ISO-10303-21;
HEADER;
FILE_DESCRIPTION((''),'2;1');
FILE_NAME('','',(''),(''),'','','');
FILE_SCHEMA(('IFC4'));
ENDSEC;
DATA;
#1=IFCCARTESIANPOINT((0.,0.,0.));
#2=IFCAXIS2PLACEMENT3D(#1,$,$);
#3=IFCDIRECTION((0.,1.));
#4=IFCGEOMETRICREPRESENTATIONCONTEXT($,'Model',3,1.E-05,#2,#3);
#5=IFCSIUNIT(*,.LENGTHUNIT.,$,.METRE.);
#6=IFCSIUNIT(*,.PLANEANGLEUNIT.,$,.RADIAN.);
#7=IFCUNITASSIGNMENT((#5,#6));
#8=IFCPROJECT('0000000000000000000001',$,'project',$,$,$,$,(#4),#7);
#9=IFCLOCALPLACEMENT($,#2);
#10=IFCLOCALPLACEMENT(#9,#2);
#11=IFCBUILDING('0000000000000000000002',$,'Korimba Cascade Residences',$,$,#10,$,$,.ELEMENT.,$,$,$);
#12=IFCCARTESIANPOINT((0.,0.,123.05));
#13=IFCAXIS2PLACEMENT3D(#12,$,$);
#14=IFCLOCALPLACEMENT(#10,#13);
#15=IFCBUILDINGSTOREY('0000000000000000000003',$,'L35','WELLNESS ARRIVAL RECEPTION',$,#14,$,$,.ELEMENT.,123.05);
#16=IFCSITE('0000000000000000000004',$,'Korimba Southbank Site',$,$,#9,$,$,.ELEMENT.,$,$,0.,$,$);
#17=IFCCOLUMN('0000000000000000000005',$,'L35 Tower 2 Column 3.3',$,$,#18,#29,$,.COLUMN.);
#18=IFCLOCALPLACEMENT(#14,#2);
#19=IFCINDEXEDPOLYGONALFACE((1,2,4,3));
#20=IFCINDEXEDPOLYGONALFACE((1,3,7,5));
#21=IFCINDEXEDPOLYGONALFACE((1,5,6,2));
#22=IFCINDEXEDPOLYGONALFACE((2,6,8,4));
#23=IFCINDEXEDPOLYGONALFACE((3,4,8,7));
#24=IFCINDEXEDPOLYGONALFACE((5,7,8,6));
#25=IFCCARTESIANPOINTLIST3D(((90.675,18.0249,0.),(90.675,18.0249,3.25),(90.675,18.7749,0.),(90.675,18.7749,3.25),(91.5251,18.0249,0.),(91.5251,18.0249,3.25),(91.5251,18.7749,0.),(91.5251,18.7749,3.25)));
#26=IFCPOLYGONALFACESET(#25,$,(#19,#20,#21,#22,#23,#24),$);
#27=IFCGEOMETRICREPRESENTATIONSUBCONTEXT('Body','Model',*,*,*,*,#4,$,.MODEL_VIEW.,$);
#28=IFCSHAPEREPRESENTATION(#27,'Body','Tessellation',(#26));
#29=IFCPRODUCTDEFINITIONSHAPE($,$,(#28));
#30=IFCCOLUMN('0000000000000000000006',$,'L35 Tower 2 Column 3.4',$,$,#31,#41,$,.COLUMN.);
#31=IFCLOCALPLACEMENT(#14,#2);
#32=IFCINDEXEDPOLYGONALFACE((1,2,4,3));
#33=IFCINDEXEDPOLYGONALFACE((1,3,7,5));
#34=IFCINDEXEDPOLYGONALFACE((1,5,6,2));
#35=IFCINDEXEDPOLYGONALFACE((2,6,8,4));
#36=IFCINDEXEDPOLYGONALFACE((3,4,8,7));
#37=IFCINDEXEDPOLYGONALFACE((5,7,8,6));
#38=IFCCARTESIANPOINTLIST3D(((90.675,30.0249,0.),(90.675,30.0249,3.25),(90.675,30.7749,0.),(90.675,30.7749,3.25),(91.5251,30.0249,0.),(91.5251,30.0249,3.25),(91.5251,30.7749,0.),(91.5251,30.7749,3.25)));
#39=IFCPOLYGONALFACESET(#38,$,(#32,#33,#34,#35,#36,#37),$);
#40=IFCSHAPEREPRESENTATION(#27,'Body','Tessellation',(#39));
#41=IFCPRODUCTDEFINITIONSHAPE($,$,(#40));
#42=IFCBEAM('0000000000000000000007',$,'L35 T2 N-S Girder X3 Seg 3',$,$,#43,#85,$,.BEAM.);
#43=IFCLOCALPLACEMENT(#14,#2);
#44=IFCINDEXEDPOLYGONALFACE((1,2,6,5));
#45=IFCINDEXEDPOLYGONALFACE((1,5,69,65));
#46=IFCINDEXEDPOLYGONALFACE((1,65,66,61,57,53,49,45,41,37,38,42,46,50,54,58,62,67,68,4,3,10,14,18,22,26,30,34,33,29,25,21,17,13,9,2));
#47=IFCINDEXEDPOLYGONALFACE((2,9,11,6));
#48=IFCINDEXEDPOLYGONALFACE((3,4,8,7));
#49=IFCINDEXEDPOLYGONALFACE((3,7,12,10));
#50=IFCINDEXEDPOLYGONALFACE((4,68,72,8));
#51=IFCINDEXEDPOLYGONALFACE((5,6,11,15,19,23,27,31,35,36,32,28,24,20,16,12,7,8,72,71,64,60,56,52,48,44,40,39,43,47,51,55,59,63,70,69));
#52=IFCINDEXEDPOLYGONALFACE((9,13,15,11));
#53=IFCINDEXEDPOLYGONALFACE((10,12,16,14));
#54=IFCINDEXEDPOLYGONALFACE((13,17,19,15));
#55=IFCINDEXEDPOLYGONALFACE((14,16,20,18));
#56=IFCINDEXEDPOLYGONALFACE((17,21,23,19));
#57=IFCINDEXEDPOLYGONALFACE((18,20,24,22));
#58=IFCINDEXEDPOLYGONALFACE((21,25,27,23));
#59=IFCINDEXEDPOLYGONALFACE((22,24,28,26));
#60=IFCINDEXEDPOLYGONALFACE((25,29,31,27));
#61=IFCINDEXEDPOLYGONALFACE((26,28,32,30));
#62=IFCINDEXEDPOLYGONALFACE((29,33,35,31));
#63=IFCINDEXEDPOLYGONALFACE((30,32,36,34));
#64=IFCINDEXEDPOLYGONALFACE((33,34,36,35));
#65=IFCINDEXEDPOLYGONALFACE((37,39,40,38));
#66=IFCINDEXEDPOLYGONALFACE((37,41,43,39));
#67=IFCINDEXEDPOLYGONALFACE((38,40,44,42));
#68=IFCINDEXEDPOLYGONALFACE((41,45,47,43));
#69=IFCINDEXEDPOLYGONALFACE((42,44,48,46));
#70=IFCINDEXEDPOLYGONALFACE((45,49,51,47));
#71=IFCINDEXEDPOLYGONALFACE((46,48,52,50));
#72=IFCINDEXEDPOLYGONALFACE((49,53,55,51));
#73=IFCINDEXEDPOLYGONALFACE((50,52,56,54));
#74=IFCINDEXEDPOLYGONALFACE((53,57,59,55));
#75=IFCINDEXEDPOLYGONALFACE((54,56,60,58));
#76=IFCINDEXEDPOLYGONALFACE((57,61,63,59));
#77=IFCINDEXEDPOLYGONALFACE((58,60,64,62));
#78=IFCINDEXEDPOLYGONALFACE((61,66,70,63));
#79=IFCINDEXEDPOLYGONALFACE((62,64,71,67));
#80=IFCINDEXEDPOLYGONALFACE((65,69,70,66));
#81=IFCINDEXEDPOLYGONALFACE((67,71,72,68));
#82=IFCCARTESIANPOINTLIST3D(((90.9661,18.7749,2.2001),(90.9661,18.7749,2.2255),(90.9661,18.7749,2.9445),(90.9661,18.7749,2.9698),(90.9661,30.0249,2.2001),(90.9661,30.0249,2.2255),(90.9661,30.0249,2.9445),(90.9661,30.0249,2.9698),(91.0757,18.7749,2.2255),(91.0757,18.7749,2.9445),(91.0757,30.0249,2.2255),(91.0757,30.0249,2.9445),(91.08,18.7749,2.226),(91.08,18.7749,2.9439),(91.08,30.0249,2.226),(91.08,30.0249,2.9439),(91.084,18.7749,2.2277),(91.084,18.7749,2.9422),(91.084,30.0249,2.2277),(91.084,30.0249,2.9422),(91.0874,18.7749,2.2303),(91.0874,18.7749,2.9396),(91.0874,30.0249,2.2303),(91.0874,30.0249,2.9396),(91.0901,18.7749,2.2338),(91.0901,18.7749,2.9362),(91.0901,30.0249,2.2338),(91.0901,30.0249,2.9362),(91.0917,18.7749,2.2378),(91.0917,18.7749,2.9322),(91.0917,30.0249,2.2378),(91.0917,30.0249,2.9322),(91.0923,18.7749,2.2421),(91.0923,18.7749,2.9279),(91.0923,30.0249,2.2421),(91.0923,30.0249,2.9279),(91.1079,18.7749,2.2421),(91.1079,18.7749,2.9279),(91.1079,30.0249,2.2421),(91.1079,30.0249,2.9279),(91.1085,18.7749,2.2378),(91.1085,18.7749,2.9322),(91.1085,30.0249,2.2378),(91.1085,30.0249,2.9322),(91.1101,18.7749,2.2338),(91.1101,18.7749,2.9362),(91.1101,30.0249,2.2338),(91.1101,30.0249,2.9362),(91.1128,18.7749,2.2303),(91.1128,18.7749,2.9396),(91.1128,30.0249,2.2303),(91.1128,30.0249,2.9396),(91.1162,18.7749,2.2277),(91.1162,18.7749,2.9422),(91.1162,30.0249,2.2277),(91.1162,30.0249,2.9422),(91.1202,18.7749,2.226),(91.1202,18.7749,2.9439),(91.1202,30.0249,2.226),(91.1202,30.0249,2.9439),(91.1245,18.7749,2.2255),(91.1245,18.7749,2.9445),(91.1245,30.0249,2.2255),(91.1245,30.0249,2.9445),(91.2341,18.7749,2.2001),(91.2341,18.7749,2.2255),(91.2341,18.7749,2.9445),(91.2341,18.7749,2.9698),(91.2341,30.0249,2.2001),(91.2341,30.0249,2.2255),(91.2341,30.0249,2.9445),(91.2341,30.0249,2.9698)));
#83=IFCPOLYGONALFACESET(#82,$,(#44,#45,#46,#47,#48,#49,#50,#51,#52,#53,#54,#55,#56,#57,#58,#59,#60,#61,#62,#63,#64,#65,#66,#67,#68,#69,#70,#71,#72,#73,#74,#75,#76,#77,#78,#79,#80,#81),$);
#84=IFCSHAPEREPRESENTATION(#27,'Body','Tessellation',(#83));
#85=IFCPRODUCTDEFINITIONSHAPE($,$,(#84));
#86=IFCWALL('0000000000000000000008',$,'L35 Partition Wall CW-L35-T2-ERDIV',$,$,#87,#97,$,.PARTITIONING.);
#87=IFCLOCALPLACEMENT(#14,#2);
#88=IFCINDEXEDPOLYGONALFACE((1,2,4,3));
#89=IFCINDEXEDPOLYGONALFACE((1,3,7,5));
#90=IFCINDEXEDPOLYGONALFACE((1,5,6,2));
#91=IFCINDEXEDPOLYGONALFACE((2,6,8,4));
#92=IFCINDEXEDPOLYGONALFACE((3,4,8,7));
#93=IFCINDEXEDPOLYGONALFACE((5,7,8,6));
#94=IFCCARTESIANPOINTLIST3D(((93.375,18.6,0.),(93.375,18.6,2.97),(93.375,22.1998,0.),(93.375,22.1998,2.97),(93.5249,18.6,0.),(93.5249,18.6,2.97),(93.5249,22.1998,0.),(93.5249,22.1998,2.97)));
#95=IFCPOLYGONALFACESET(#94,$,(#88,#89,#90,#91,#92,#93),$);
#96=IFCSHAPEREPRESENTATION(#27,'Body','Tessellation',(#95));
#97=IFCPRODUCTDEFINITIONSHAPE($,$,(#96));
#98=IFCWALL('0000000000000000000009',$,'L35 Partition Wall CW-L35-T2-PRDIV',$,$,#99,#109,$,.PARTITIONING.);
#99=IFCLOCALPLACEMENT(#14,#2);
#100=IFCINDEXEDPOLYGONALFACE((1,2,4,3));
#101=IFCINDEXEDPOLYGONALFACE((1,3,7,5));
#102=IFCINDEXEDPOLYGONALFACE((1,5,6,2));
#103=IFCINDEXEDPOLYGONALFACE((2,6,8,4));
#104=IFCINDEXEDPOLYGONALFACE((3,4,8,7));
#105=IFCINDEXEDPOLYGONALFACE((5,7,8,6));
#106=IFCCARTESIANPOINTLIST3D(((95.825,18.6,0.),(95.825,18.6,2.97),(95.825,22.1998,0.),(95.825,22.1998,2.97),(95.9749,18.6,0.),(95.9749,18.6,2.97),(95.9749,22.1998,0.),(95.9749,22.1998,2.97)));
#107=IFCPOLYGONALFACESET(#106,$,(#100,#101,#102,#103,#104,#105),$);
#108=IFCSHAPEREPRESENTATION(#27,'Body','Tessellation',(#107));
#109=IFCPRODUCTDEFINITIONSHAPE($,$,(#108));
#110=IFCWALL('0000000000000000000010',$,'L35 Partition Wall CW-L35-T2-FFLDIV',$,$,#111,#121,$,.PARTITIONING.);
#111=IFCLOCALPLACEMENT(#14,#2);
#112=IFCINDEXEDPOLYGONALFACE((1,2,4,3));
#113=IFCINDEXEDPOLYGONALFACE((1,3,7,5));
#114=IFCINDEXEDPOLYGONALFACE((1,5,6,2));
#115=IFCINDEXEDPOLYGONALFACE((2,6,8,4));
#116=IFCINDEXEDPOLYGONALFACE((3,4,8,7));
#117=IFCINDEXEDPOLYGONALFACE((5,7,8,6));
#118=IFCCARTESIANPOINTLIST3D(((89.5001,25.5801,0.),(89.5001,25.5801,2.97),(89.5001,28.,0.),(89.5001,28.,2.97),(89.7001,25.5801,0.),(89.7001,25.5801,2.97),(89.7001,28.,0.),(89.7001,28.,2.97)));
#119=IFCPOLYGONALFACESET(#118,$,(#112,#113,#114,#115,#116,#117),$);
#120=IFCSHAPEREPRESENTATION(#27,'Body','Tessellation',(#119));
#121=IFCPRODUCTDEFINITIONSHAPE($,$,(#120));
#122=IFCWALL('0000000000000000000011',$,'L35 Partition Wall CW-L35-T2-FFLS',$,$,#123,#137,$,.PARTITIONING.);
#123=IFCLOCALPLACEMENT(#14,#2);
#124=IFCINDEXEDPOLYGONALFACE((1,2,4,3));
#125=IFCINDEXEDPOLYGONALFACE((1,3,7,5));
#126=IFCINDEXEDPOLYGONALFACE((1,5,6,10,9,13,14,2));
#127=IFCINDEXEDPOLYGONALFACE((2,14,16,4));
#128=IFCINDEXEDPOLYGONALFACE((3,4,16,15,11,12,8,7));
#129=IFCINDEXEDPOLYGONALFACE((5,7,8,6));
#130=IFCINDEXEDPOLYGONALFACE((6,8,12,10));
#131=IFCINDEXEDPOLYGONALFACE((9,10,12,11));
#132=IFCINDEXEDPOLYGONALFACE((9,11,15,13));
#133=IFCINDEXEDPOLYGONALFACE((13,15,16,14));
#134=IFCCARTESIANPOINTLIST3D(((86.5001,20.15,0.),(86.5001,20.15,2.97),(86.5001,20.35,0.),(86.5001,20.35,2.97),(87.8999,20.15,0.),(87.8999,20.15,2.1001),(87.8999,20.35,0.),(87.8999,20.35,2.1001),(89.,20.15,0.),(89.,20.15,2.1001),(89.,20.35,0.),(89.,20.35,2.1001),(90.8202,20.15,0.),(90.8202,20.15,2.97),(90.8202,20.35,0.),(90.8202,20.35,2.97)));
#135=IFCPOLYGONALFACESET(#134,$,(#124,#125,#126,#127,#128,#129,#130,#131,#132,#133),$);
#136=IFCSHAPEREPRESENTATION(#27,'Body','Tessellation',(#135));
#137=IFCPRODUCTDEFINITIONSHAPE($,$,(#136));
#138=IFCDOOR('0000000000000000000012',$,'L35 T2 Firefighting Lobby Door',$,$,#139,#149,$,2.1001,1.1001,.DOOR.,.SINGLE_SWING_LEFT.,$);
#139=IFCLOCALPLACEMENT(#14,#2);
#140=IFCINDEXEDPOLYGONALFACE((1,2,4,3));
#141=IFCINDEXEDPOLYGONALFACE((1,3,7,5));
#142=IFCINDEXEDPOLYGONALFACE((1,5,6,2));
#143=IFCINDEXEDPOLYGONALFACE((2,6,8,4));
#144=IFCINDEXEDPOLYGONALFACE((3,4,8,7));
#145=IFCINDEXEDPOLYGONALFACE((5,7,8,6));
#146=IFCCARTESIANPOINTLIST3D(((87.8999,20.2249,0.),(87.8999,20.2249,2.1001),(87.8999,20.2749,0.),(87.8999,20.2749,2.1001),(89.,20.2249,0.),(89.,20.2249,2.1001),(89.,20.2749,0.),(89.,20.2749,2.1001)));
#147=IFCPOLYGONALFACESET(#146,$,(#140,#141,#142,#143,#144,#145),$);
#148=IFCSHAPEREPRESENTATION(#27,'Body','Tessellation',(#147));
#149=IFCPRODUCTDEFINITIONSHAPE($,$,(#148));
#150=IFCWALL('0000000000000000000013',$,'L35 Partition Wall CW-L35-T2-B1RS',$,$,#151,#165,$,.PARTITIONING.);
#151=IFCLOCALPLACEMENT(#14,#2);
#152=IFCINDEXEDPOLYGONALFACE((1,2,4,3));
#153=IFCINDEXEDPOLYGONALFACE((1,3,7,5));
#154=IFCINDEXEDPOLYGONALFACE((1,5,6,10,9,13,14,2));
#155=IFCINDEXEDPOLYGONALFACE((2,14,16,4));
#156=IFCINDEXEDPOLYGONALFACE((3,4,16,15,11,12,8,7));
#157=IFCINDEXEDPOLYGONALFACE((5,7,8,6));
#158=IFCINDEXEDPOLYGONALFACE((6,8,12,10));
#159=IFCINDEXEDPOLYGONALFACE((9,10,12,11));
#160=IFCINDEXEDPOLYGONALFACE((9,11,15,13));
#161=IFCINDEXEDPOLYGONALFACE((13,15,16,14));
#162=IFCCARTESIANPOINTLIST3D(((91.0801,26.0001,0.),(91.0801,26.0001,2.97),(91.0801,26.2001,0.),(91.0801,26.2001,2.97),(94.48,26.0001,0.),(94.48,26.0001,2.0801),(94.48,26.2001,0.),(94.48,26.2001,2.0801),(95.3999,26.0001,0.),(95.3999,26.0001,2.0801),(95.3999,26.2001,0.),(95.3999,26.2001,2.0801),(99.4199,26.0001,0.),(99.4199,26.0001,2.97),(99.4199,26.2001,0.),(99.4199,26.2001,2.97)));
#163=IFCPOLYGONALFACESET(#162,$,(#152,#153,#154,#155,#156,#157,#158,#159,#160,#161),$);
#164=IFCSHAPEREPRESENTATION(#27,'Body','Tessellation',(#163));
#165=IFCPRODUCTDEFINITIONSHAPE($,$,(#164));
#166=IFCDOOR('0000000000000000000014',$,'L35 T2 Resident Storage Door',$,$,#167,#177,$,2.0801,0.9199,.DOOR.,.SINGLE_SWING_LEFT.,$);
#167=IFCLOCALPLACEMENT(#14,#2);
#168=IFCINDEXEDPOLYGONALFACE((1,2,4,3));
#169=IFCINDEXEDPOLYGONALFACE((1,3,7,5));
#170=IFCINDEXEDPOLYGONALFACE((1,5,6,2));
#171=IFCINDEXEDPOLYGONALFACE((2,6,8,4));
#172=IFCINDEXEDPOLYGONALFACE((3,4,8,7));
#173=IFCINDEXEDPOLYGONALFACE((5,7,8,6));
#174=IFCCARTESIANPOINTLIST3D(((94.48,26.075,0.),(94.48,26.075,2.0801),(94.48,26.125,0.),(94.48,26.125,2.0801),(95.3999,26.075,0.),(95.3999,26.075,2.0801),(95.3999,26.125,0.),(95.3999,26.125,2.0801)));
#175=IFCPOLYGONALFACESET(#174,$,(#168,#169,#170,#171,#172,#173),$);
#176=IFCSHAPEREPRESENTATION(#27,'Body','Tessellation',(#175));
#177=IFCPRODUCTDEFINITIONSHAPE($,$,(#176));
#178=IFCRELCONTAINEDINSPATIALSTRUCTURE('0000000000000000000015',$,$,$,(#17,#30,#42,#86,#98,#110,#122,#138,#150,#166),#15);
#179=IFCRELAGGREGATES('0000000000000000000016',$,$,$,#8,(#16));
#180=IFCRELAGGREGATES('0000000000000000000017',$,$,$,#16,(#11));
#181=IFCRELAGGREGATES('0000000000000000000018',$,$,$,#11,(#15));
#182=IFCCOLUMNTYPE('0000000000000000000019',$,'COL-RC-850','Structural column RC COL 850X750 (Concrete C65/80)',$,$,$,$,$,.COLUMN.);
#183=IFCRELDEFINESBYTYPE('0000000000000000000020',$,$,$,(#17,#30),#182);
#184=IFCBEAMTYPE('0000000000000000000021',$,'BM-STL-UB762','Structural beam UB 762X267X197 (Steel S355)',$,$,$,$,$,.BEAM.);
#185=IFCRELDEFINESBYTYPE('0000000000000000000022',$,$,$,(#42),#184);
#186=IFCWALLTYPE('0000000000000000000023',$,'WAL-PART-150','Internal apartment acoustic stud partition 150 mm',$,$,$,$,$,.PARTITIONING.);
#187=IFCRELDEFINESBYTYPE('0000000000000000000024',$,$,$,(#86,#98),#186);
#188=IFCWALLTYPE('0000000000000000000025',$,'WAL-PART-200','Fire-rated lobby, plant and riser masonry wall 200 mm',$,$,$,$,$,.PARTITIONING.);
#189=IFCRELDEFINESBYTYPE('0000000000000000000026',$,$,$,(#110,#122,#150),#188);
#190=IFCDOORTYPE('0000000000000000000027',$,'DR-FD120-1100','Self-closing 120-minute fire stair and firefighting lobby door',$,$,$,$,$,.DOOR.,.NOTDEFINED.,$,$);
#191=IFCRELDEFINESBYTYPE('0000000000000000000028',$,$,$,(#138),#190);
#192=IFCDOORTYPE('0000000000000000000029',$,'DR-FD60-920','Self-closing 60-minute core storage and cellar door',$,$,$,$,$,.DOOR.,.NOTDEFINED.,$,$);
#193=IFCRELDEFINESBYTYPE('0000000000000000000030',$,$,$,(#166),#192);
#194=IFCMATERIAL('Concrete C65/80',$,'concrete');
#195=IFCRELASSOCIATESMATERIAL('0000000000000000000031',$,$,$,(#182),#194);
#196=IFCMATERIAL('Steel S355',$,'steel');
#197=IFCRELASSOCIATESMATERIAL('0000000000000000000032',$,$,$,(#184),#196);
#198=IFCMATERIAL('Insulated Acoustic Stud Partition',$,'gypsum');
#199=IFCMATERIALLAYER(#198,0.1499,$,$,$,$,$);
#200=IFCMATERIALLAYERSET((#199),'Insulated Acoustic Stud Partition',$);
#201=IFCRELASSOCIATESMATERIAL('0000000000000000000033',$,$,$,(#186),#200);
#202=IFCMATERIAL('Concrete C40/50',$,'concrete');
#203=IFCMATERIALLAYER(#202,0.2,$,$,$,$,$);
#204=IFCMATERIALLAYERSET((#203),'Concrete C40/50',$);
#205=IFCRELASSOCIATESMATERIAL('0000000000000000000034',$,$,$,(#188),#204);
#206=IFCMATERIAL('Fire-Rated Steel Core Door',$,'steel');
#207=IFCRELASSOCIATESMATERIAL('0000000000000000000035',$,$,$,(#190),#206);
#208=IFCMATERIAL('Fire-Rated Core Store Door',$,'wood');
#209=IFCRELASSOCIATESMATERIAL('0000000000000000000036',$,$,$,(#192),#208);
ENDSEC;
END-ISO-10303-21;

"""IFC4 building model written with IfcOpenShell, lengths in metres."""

from ifc_helpers import new_model, si_unit, direction, frame, frame_2d, origin, origin_2d, place, context, subcontext, project, spatial, rectangle, i_section, extrude, material, layer, layer_set, material_profile, profile_set, type_object, element, fill, save


model = new_model("IFC4")

# Units and contexts
model_context = context("Model", 3, precision=1e-05, world=origin(), true_north=direction((0.0, 1.0)))
body_context = subcontext(model_context, "Body", "Model", "MODEL_VIEW")
ifc_project = project(units=[si_unit("LENGTHUNIT", "METRE"), si_unit("PLANEANGLEUNIT", "RADIAN")], contexts=[model_context])

# Site, building, storey
site_placement = place(None, origin())
site = spatial("IfcSite", under=ifc_project, at=site_placement, Name="Korimba Southbank Site", CompositionType="ELEMENT", RefElevation=0.0)
building_placement = place(site_placement, origin())
building = spatial("IfcBuilding", under=site, at=building_placement, Name="Korimba Cascade Residences", CompositionType="ELEMENT")
storey_placement = place(building_placement, frame((0.0, 0.0, 123.05)))
storey = spatial("IfcBuildingStorey", under=building, at=storey_placement, Name="L35", Description="WELLNESS ARRIVAL RECEPTION", CompositionType="ELEMENT", Elevation=123.05)

# Columns
ifc_material_1 = material(Name="Concrete C65/80", Category="concrete")
ifc_material_profile_1 = material_profile(ifc_material_1, rectangle(XDim=0.8501, YDim=0.75, at=origin_2d()), Name="Concrete C65/80")
ifc_profile_set_1 = profile_set([ifc_material_profile_1], Name="Concrete C65/80")
column_type = type_object("IfcColumnType", Name="COL-RC-850", Description="Structural column RC COL 850X750 (Concrete C65/80)", PredefinedType="COLUMN", material=ifc_profile_set_1)
for number, where, z_axis, x_axis, name in (
    (1, (91.1001, 18.3999, 0.0), (0.0, 0.0, 1.0), (1.0, 0.0, 0.0), "L35 Tower 2 Column 3.3"),
    (2, (91.1001, 30.3999, 0.0), (0.0, 0.0, 1.0), (1.0, 0.0, 0.0), "L35 Tower 2 Column 3.4"),
):
    element("IfcColumn", number, at=place(storey_placement, frame(where, z_axis=z_axis, x_axis=x_axis)), inside=storey, type_object=column_type, Name=name, PredefinedType="COLUMN", context=body_context, shape_type="SweptSolid", body=[
        extrude(rectangle(XDim=0.8501, YDim=0.75, at=origin_2d()), origin(), (0.0, 0.0, 1.0), 3.25),
    ])

# Beam
ifc_material_2 = material(Name="Steel S355", Category="steel")
ifc_material_profile_2 = material_profile(ifc_material_2, i_section(OverallWidth=0.2681, OverallDepth=0.7698, WebThickness=0.0156, FlangeThickness=0.0254, FilletRadius=0.0166, at=origin_2d()), Name="Steel S355")
ifc_profile_set_2 = profile_set([ifc_material_profile_2], Name="Steel S355")
beam_type = type_object("IfcBeamType", Name="BM-STL-UB762", Description="Structural beam UB 762X267X197 (Steel S355)", PredefinedType="BEAM", material=ifc_profile_set_2)
beam_placement = place(storey_placement, frame((91.1001, 18.7749, 2.585), z_axis=(0.0, 1.0, 0.0), x_axis=(-1.0, 0.0, 0.0)))
element("IfcBeam", 3, at=beam_placement, inside=storey, type_object=beam_type, Name="L35 T2 N-S Girder X3 Seg 3", PredefinedType="BEAM", context=body_context, shape_type="SweptSolid", body=[
    extrude(i_section(OverallWidth=0.2681, OverallDepth=0.7698, WebThickness=0.0156, FlangeThickness=0.0254, FilletRadius=0.0166, at=origin_2d()), origin(), (0.0, 0.0, 1.0), 11.25),
])

# Walls
ifc_material_3 = material(Name="Insulated Acoustic Stud Partition", Category="gypsum")
ifc_layer_1 = layer(ifc_material_3, 0.1499)
ifc_layer_set_1 = layer_set([ifc_layer_1], Name="Insulated Acoustic Stud Partition")
wall_type_1 = type_object("IfcWallType", Name="WAL-PART-150", Description="Internal apartment acoustic stud partition 150 mm", PredefinedType="PARTITIONING", material=ifc_layer_set_1)
for number, where, z_axis, x_axis, name in (
    (4, (93.45, 18.6001, 0.0), (0.0, 0.0, 1.0), (0.0, 1.0, 0.0), "L35 Partition Wall CW-L35-T2-ERDIV"),
    (5, (95.8999, 18.6001, 0.0), (0.0, 0.0, 1.0), (0.0, 1.0, 0.0), "L35 Partition Wall CW-L35-T2-PRDIV"),
):
    element("IfcWall", number, at=place(storey_placement, frame(where, z_axis=z_axis, x_axis=x_axis)), inside=storey, type_object=wall_type_1, Name=name, PredefinedType="PARTITIONING", context=body_context, shape_type="SweptSolid", body=[
        extrude(rectangle(XDim=3.5999, YDim=0.1499, at=frame_2d((1.7998, 0.0))), origin(), (0.0, 0.0, 1.0), 2.97),
    ])
ifc_material_4 = material(Name="Concrete C40/50", Category="concrete")
ifc_layer_2 = layer(ifc_material_4, 0.2)
ifc_layer_set_2 = layer_set([ifc_layer_2], Name="Concrete C40/50")
wall_type_2 = type_object("IfcWallType", Name="WAL-PART-200", Description="Fire-rated lobby, plant and riser masonry wall 200 mm", PredefinedType="PARTITIONING", material=ifc_layer_set_2)
wall_1_placement = place(storey_placement, frame((89.6001, 25.5801, 0.0), z_axis=(0.0, 0.0, 1.0), x_axis=(0.0, 1.0, 0.0)))
element("IfcWall", 6, at=wall_1_placement, inside=storey, type_object=wall_type_2, Name="L35 Partition Wall CW-L35-T2-FFLDIV", PredefinedType="PARTITIONING", context=body_context, shape_type="SweptSolid", body=[
    extrude(rectangle(XDim=2.4199, YDim=0.2, at=frame_2d((1.21, 0.0))), origin(), (0.0, 0.0, 1.0), 2.97),
])

# Walls, openings, doors
wall_2_placement = place(storey_placement, frame((86.5, 20.25, 0.0), z_axis=(0.0, 0.0, 1.0), x_axis=(1.0, 0.0, 0.0)))
wall_2 = element("IfcWall", 7, at=wall_2_placement, inside=storey, type_object=wall_type_2, Name="L35 Partition Wall CW-L35-T2-FFLS", PredefinedType="PARTITIONING", context=body_context, shape_type="SweptSolid", body=[
    extrude(rectangle(XDim=4.3201, YDim=0.2, at=frame_2d((2.1602, 0.0))), origin(), (0.0, 0.0, 1.0), 2.97),
])
opening_1_placement = place(wall_2_placement, frame((1.3999, 0.0, 0.0)))
opening_1 = element("IfcOpeningElement", 8, at=opening_1_placement, cuts=wall_2, PredefinedType="OPENING", context=body_context, shape_type="SweptSolid", body=[
    extrude(rectangle(XDim=1.1001, YDim=2.1001, at=frame_2d((0.55, 1.05))), frame((0.0, 0.1099, 0.0), z_axis=(0.0, -1.0, 0.0), x_axis=(1.0, 0.0, 0.0)), (0.0, 0.0, 1.0), 0.22),
])
ifc_material_5 = material(Name="Fire-Rated Steel Core Door", Category="steel")
door_type_1 = type_object("IfcDoorType", Name="DR-FD120-1100", Description="Self-closing 120-minute fire stair and firefighting lobby door", OperationType="NOTDEFINED", PredefinedType="DOOR", material=ifc_material_5)
door_1_placement = place(opening_1_placement, origin())
door_1 = element("IfcDoor", 9, at=door_1_placement, inside=storey, type_object=door_type_1, Name="L35 T2 Firefighting Lobby Door", OperationType="SINGLE_SWING_LEFT", OverallHeight=2.1001, OverallWidth=1.1001, PredefinedType="DOOR", context=body_context, shape_type="SweptSolid", body=[
    extrude(rectangle(XDim=1.1001, YDim=2.1001, at=frame_2d((0.55, 1.05))), frame((0.0, 0.0249, 0.0), z_axis=(0.0, -1.0, 0.0), x_axis=(1.0, 0.0, 0.0)), (0.0, 0.0, 1.0), 0.05),
])
fill(opening_1, door_1)
wall_3_placement = place(storey_placement, frame((91.0801, 26.1001, 0.0), z_axis=(0.0, 0.0, 1.0), x_axis=(1.0, 0.0, 0.0)))
wall_3 = element("IfcWall", 10, at=wall_3_placement, inside=storey, type_object=wall_type_2, Name="L35 Partition Wall CW-L35-T2-B1RS", PredefinedType="PARTITIONING", context=body_context, shape_type="SweptSolid", body=[
    extrude(rectangle(XDim=8.3398, YDim=0.2, at=frame_2d((4.1699, 0.0))), origin(), (0.0, 0.0, 1.0), 2.97),
])
opening_2_placement = place(wall_3_placement, frame((3.3999, 0.0, 0.0)))
opening_2 = element("IfcOpeningElement", 11, at=opening_2_placement, cuts=wall_3, PredefinedType="OPENING", context=body_context, shape_type="SweptSolid", body=[
    extrude(rectangle(XDim=0.9199, YDim=2.0801, at=frame_2d((0.46, 1.04))), frame((0.0, 0.1099, 0.0), z_axis=(0.0, -1.0, 0.0), x_axis=(1.0, 0.0, 0.0)), (0.0, 0.0, 1.0), 0.22),
])
ifc_material_6 = material(Name="Fire-Rated Core Store Door", Category="wood")
door_type_2 = type_object("IfcDoorType", Name="DR-FD60-920", Description="Self-closing 60-minute core storage and cellar door", OperationType="NOTDEFINED", PredefinedType="DOOR", material=ifc_material_6)
door_2_placement = place(opening_2_placement, origin())
door_2 = element("IfcDoor", 12, at=door_2_placement, inside=storey, type_object=door_type_2, Name="L35 T2 Resident Storage Door", OperationType="SINGLE_SWING_LEFT", OverallHeight=2.0801, OverallWidth=0.9199, PredefinedType="DOOR", context=body_context, shape_type="SweptSolid", body=[
    extrude(rectangle(XDim=0.9199, YDim=2.0801, at=frame_2d((0.46, 1.04))), frame((0.0, 0.0249, 0.0), z_axis=(0.0, -1.0, 0.0), x_axis=(1.0, 0.0, 0.0)), (0.0, 0.0, 1.0), 0.05),
])
fill(opening_2, door_2)

save(model, "model.ifc")
